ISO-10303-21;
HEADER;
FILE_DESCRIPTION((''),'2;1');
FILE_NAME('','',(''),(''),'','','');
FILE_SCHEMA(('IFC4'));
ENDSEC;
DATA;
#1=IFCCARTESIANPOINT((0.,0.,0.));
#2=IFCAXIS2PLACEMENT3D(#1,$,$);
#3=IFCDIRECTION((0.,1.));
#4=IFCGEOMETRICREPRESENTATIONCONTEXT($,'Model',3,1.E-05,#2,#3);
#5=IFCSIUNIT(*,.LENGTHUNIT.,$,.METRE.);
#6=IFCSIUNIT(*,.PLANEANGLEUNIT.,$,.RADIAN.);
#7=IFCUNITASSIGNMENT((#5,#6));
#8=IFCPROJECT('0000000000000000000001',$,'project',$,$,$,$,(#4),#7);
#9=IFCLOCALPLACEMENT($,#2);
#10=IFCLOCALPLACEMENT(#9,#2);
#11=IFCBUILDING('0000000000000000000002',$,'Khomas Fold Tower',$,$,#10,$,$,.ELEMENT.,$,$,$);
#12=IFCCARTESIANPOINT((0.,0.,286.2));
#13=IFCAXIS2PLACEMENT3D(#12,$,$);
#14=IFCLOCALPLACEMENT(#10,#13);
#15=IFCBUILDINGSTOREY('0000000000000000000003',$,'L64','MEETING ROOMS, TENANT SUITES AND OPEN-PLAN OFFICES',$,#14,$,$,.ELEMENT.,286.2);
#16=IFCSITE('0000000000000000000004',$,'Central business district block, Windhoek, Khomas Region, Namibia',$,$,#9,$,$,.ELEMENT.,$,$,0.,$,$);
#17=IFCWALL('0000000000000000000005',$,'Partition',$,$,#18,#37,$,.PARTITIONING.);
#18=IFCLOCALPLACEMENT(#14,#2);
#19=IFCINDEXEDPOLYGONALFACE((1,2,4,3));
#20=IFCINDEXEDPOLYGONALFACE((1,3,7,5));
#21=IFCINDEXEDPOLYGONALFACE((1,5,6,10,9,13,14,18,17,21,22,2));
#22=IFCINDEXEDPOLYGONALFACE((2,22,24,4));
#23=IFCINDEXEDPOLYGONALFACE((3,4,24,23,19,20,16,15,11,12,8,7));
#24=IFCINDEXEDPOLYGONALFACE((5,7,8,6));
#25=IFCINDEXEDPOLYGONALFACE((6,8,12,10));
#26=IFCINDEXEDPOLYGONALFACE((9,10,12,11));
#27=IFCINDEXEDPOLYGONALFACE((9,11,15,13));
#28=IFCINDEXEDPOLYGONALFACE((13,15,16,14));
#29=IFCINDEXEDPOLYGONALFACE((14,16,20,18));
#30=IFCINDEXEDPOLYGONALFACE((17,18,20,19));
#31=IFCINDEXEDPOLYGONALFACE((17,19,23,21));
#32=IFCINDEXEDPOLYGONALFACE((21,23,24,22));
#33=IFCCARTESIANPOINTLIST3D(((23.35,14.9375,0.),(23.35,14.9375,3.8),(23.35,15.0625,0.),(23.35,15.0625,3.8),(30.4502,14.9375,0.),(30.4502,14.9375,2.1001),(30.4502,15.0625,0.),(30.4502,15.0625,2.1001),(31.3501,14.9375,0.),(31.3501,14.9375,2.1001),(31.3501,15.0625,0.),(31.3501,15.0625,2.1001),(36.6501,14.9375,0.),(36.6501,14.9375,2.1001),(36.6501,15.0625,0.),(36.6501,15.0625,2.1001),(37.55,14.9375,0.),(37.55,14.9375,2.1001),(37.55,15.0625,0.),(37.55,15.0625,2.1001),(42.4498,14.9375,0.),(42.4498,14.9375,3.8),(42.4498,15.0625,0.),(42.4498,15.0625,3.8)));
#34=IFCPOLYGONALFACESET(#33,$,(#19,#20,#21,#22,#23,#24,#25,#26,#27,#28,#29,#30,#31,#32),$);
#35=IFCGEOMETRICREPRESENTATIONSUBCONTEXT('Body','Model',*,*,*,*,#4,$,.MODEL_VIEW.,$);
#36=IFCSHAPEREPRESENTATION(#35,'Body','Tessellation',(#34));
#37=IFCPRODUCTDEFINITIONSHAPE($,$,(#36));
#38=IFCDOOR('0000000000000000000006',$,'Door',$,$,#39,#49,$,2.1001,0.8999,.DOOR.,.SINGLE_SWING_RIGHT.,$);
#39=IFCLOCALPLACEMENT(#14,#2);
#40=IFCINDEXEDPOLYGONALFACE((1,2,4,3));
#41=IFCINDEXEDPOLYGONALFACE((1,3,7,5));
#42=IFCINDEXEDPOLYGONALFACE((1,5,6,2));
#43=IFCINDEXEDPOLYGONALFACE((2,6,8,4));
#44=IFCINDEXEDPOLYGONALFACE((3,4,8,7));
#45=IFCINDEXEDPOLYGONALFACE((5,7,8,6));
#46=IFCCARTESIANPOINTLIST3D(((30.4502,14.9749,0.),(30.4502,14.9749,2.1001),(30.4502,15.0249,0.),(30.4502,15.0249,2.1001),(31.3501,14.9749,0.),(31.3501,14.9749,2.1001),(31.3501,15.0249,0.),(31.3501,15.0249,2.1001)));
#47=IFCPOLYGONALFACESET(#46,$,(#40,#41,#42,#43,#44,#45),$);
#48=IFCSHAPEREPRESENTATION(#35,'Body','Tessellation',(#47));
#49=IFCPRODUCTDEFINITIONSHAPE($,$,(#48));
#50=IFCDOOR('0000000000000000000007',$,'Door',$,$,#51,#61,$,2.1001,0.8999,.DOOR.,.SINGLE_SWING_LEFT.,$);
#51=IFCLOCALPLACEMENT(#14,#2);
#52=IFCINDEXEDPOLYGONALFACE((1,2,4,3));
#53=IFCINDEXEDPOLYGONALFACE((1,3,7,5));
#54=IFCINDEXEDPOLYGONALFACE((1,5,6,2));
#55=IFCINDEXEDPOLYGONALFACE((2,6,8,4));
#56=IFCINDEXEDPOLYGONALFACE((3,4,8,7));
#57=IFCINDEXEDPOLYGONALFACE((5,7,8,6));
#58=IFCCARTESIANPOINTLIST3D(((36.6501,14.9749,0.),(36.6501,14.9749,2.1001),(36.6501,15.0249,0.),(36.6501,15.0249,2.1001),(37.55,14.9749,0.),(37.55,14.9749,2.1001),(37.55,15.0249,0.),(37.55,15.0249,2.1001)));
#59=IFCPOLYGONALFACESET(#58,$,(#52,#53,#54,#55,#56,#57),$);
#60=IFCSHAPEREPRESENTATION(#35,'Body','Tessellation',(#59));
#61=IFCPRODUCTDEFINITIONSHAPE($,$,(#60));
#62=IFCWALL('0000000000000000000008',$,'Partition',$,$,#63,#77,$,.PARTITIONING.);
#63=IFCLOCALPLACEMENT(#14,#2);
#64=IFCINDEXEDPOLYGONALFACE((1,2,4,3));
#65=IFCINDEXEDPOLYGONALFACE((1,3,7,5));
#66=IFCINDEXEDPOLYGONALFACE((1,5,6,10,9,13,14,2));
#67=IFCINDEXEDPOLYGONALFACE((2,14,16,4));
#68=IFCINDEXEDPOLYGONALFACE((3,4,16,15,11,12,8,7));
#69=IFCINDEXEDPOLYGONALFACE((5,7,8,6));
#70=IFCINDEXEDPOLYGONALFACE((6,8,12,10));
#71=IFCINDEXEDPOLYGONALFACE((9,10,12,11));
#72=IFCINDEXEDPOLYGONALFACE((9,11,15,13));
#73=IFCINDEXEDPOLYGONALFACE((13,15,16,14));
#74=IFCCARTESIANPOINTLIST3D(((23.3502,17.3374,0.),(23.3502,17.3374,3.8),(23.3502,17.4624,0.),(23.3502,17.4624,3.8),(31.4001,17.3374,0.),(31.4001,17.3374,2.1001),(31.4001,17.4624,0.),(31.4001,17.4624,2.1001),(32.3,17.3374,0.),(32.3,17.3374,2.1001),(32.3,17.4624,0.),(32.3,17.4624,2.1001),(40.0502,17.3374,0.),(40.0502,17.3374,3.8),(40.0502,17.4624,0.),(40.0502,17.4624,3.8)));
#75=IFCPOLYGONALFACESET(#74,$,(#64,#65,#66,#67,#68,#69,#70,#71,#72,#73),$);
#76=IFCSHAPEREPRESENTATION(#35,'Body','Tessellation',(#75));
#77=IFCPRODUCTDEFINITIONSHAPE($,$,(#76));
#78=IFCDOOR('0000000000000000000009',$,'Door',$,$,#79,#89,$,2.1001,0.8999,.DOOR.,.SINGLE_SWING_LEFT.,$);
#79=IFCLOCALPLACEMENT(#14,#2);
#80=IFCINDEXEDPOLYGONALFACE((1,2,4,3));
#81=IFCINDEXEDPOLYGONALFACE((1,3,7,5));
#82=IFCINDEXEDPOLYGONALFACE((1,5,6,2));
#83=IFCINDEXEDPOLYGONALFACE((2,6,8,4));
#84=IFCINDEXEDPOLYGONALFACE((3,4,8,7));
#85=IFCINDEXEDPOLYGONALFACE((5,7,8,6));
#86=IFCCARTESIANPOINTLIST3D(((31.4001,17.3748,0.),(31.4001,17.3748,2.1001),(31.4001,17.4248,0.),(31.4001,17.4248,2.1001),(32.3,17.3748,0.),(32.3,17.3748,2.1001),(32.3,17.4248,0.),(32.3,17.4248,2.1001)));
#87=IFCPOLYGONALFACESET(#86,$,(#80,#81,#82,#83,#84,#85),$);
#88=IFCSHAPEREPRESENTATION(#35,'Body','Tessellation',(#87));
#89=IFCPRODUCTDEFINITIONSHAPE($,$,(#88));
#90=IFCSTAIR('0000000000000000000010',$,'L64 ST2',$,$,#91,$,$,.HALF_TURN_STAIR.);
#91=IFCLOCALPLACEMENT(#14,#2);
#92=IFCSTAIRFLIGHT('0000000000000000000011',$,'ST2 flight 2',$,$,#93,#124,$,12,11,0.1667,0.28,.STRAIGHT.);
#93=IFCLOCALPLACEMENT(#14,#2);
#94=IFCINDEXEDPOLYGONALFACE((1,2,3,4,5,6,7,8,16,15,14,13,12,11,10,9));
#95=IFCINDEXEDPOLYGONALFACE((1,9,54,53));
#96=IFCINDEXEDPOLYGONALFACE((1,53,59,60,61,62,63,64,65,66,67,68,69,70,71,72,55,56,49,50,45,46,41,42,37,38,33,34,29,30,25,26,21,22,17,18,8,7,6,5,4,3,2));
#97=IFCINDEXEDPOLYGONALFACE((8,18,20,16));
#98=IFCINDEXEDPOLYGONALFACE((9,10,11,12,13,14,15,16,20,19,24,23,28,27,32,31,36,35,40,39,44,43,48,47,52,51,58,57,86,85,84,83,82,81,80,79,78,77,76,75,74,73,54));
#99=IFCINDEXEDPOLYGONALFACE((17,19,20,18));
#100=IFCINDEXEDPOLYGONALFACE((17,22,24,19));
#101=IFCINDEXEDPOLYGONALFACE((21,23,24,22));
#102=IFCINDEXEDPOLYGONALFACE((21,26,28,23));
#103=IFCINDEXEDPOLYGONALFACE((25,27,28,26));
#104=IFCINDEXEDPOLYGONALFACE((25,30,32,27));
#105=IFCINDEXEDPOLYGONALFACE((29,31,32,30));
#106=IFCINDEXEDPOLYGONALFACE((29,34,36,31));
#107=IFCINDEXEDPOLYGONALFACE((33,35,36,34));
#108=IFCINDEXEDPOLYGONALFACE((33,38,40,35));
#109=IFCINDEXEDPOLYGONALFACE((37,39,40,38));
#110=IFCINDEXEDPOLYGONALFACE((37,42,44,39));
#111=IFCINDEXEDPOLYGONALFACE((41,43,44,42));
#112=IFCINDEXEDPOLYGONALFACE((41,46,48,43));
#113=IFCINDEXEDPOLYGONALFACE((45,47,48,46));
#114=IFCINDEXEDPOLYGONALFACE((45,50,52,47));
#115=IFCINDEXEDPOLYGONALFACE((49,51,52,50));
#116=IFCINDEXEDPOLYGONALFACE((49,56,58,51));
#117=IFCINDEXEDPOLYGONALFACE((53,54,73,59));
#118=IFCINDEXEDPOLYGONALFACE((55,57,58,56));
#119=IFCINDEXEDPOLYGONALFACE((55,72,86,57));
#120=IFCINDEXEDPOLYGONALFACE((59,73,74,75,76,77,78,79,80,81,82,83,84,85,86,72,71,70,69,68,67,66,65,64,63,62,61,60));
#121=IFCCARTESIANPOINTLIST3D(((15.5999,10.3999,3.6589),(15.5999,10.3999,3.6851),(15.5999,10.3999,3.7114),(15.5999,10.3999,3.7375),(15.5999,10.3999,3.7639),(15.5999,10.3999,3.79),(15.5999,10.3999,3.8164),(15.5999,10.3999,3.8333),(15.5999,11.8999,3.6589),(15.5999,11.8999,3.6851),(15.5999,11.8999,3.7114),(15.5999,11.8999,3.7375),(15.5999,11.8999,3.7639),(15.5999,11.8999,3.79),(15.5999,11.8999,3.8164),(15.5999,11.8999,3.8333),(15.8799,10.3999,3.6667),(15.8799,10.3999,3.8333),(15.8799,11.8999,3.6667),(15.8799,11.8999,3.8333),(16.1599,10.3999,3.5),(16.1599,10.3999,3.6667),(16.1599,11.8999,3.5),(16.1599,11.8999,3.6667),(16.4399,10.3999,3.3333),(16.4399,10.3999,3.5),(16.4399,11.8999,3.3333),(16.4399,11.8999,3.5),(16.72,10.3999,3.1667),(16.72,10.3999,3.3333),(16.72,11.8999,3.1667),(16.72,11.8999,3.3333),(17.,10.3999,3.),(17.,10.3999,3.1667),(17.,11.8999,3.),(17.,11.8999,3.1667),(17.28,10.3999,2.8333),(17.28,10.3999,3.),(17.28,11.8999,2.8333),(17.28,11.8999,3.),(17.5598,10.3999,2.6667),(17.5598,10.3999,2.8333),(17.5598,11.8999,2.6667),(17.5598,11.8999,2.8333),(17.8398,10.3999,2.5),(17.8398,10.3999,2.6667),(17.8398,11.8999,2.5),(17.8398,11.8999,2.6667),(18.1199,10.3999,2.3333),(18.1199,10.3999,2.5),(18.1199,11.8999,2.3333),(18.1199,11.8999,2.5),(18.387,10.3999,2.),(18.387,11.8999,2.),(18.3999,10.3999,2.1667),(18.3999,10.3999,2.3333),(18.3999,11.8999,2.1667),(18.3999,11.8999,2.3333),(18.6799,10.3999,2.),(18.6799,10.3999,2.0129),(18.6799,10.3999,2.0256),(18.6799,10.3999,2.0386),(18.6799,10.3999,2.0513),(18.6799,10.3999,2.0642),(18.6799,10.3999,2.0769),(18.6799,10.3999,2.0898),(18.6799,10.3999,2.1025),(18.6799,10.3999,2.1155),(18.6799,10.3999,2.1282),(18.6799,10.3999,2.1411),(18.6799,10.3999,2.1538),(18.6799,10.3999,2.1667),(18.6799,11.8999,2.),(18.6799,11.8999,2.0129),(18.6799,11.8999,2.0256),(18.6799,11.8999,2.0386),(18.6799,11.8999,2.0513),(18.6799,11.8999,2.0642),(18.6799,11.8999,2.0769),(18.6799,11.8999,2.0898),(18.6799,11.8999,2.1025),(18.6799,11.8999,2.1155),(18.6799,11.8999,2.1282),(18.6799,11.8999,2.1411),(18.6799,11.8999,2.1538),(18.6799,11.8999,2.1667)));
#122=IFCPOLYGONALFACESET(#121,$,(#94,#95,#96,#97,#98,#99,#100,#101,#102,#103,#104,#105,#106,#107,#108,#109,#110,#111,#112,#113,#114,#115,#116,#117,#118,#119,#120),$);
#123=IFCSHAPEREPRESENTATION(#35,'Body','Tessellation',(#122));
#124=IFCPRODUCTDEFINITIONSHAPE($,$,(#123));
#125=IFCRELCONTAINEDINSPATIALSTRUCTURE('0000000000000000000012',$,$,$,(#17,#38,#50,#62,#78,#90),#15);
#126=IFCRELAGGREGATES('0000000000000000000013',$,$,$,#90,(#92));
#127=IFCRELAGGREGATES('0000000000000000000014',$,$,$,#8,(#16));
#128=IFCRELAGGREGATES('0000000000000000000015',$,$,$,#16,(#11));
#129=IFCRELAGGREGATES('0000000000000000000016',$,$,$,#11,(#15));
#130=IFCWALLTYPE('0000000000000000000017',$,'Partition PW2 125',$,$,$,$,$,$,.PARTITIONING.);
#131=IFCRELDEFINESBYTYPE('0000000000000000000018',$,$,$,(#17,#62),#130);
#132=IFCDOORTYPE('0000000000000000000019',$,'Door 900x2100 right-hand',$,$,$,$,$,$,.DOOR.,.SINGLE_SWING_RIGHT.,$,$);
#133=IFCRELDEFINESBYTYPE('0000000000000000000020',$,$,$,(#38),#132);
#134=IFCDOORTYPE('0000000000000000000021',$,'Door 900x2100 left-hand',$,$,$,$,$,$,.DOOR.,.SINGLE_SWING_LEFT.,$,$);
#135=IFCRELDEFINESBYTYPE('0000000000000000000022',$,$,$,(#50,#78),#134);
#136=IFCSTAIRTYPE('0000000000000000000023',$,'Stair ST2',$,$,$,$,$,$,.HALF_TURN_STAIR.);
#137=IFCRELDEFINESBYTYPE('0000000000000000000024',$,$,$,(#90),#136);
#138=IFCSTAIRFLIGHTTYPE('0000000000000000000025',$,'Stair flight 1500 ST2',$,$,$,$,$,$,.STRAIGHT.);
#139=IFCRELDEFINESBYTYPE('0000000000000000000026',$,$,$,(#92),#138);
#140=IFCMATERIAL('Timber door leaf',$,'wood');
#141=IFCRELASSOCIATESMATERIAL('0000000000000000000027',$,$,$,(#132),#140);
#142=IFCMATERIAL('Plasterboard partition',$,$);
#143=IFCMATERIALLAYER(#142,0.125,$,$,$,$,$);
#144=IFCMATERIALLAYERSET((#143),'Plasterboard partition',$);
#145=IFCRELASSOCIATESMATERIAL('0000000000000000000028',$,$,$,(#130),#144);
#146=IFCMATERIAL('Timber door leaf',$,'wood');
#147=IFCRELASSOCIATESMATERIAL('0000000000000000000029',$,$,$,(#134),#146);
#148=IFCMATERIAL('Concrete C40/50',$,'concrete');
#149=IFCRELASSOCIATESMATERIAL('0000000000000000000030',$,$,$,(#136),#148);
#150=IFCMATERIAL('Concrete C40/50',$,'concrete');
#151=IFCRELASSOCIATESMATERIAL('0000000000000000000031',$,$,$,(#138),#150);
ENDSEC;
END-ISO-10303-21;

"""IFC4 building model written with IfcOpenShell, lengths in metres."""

from ifc_helpers import new_model, si_unit, direction, frame, frame_2d, origin, place, context, subcontext, project, spatial, polyline, rectangle, outline, extrude, source, transform, mapped, material, layer, layer_set, type_object, element, fill, aggregate, save


model = new_model("IFC4")

# Units and contexts
model_context = context("Model", 3, precision=1e-05, world=origin(), true_north=direction((0.0, 1.0)))
body_context = subcontext(model_context, "Body", "Model", "MODEL_VIEW")
ifc_project = project(units=[si_unit("LENGTHUNIT", "METRE"), si_unit("PLANEANGLEUNIT", "RADIAN")], contexts=[model_context])

# Site, building, storey
site_placement = place(None, origin())
site = spatial("IfcSite", under=ifc_project, at=site_placement, Name="Central business district block, Windhoek, Khomas Region, Namibia", CompositionType="ELEMENT", RefElevation=0.0)
building_placement = place(site_placement, origin())
building = spatial("IfcBuilding", under=site, at=building_placement, Name="Khomas Fold Tower", CompositionType="ELEMENT")
storey_placement = place(building_placement, frame((0.0, 0.0, 286.2)))
storey = spatial("IfcBuildingStorey", under=building, at=storey_placement, Name="L64", Description="MEETING ROOMS, TENANT SUITES AND OPEN-PLAN OFFICES", CompositionType="ELEMENT", Elevation=286.2)

# Shared definitions
ifc_material_1 = material(Name="Timber door leaf", Category="wood")
door_type_1 = type_object("IfcDoorType", Name="Door 900x2100 right-hand", OperationType="SINGLE_SWING_RIGHT", PredefinedType="DOOR", material=ifc_material_1)

# Wall, openings, doors
ifc_material_2 = material(Name="Plasterboard partition")
ifc_layer_1 = layer(ifc_material_2, 0.125)
ifc_layer_set_1 = layer_set([ifc_layer_1], Name="Plasterboard partition")
wall_type_1 = type_object("IfcWallType", Name="Partition PW2 125", PredefinedType="PARTITIONING", material=ifc_layer_set_1)
shared_shape_1 = source(origin(), body_context, "Body", "SweptSolid", [
    extrude(rectangle(XDim=19.0999, YDim=0.125, at=frame_2d((9.5498, 0.0))), origin(), (0.0, 0.0, 1.0), 3.8),
])
wall_1_placement = place(storey_placement, frame((23.3501, 15.0, 0.0), z_axis=(0.0, 0.0, 1.0), x_axis=(1.0, 0.0, 0.0)))
wall_1 = element("IfcWall", 1, at=wall_1_placement, inside=storey, type_object=wall_type_1, Name="Partition", PredefinedType="PARTITIONING", context=body_context, shape_type="MappedRepresentation", body=[
    mapped(shared_shape_1, transform((0.0, 0.0, 0.0))),
])
shared_shape_2 = source(origin(), body_context, "Body", "SweptSolid", [
    extrude(rectangle(XDim=0.8999, YDim=2.1001, at=frame_2d((0.45, 1.05))), frame((0.0, 0.0725, 0.0), z_axis=(0.0, -1.0, 0.0), x_axis=(1.0, 0.0, 0.0)), (0.0, 0.0, 1.0), 0.145),
])
opening_1_placement = place(wall_1_placement, frame((7.1001, 0.0, 0.0)))
opening_1 = element("IfcOpeningElement", 2, at=opening_1_placement, cuts=wall_1, PredefinedType="OPENING", context=body_context, shape_type="MappedRepresentation", body=[
    mapped(shared_shape_2, transform((0.0, 0.0, 0.0))),
])
opening_2_placement = place(wall_1_placement, frame((13.3, 0.0, 0.0)))
opening_2 = element("IfcOpeningElement", 3, at=opening_2_placement, cuts=wall_1, PredefinedType="OPENING", context=body_context, shape_type="MappedRepresentation", body=[
    mapped(shared_shape_2, transform((0.0, 0.0, 0.0))),
])
shared_shape_3 = source(origin(), body_context, "Body", "SweptSolid", [
    extrude(rectangle(XDim=0.8999, YDim=2.1001, at=frame_2d((0.45, 1.05))), frame((0.0, 0.0249, 0.0), z_axis=(0.0, -1.0, 0.0), x_axis=(1.0, 0.0, 0.0)), (0.0, 0.0, 1.0), 0.05),
])
door_1_placement = place(opening_1_placement, origin())
door_1 = element("IfcDoor", 4, at=door_1_placement, inside=storey, type_object=door_type_1, Name="Door", OperationType="SINGLE_SWING_RIGHT", OverallHeight=2.1001, OverallWidth=0.8999, PredefinedType="DOOR", context=body_context, shape_type="MappedRepresentation", body=[
    mapped(shared_shape_3, transform((0.0, 0.0, 0.0))),
])
fill(opening_1, door_1)
ifc_material_3 = material(Name="Timber door leaf", Category="wood")
door_type_2 = type_object("IfcDoorType", Name="Door 900x2100 left-hand", OperationType="SINGLE_SWING_LEFT", PredefinedType="DOOR", material=ifc_material_3)
door_2_placement = place(opening_2_placement, origin())
door_2 = element("IfcDoor", 5, at=door_2_placement, inside=storey, type_object=door_type_2, Name="Door", OperationType="SINGLE_SWING_LEFT", OverallHeight=2.1001, OverallWidth=0.8999, PredefinedType="DOOR", context=body_context, shape_type="MappedRepresentation", body=[
    mapped(shared_shape_3, transform((0.0, 0.0, 0.0))),
])
fill(opening_2, door_2)

# Wall, opening, door
shared_shape_4 = source(origin(), body_context, "Body", "SweptSolid", [
    extrude(rectangle(XDim=16.7, YDim=0.125, at=frame_2d((8.3501, 0.0))), origin(), (0.0, 0.0, 1.0), 3.8),
])
wall_2_placement = place(storey_placement, frame((23.3501, 17.3999, 0.0), z_axis=(0.0, 0.0, 1.0), x_axis=(1.0, 0.0, 0.0)))
wall_2 = element("IfcWall", 6, at=wall_2_placement, inside=storey, type_object=wall_type_1, Name="Partition", PredefinedType="PARTITIONING", context=body_context, shape_type="MappedRepresentation", body=[
    mapped(shared_shape_4, transform((0.0, 0.0, 0.0))),
])
opening_3_placement = place(wall_2_placement, frame((8.05, 0.0, 0.0)))
opening_3 = element("IfcOpeningElement", 7, at=opening_3_placement, cuts=wall_2, PredefinedType="OPENING", context=body_context, shape_type="MappedRepresentation", body=[
    mapped(shared_shape_2, transform((0.0, 0.0, 0.0))),
])
door_3_placement = place(opening_3_placement, origin())
door_3 = element("IfcDoor", 8, at=door_3_placement, inside=storey, type_object=door_type_2, Name="Door", OperationType="SINGLE_SWING_LEFT", OverallHeight=2.1001, OverallWidth=0.8999, PredefinedType="DOOR", context=body_context, shape_type="MappedRepresentation", body=[
    mapped(shared_shape_3, transform((0.0, 0.0, 0.0))),
])
fill(opening_3, door_3)

# Stair, stair flight
ifc_material_4 = material(Name="Concrete C40/50", Category="concrete")
stair_type = type_object("IfcStairType", Name="Stair ST2", PredefinedType="HALF_TURN_STAIR", material=ifc_material_4)
stair_placement = place(storey_placement, origin())
stair = element("IfcStair", 9, at=stair_placement, inside=storey, type_object=stair_type, Name="L64 ST2", PredefinedType="HALF_TURN_STAIR")
ifc_material_5 = material(Name="Concrete C40/50", Category="concrete")
stair_flight_type = type_object("IfcStairFlightType", Name="Stair flight 1500 ST2", PredefinedType="STRAIGHT", material=ifc_material_5)
shared_shape_5 = source(origin(), body_context, "Body", "SweptSolid", [
    extrude(outline(polyline([(0.0, 0.0), (0.0, 0.0129), (0.0, 0.0256), (0.0, 0.0386), (0.0, 0.0513), (0.0, 0.0642), (0.0, 0.0769), (0.0, 0.0898), (0.0, 0.1025), (0.0, 0.1155), (0.0, 0.1282), (0.0, 0.1411), (0.0, 0.1538), (0.0, 0.1667), (0.28, 0.1667), (0.28, 0.3333), (0.5601, 0.3333), (0.5601, 0.5), (0.8401, 0.5), (0.8401, 0.6667), (1.1201, 0.6667), (1.1201, 0.8333), (1.3999, 0.8333), (1.3999, 1.0), (1.6799, 1.0), (1.6799, 1.1667), (1.96, 1.1667), (1.96, 1.3333), (2.24, 1.3333), (2.24, 1.5), (2.52, 1.5), (2.52, 1.6667), (2.8, 1.6667), (2.8, 1.8333), (3.0801, 1.8333), (3.0801, 2.0), (3.0801, 1.9739), (3.0801, 1.9475), (3.0801, 1.9214), (3.0801, 1.895), (3.0801, 1.8689), (3.0801, 1.8425), (3.0801, 1.8164), (3.0801, 1.79), (3.0801, 1.7639), (3.0801, 1.7375), (3.0801, 1.7114), (3.0801, 1.6851), (3.0801, 1.6589), (0.293, 0.0), (0.0, 0.0)])), frame((0.0, 0.75, 0.0), z_axis=(0.0, -1.0, 0.0), x_axis=(1.0, 0.0, 0.0)), (0.0, 0.0, 1.0), 1.5),
])
stair_flight_placement = place(storey_placement, frame((18.6799, 11.1499, 2.0), z_axis=(0.0, 0.0, 1.0), x_axis=(-1.0, 0.0, 0.0)))
stair_flight = element("IfcStairFlight", 10, at=stair_flight_placement, type_object=stair_flight_type, Name="ST2 flight 2", NumberOfRisers=12, NumberOfTreads=11, PredefinedType="STRAIGHT", RiserHeight=0.1667, TreadLength=0.28, context=body_context, shape_type="MappedRepresentation", body=[
    mapped(shared_shape_5, transform((0.0, 0.0, 0.0))),
])
aggregate(stair, [stair_flight])

save(model, "model.ifc")
